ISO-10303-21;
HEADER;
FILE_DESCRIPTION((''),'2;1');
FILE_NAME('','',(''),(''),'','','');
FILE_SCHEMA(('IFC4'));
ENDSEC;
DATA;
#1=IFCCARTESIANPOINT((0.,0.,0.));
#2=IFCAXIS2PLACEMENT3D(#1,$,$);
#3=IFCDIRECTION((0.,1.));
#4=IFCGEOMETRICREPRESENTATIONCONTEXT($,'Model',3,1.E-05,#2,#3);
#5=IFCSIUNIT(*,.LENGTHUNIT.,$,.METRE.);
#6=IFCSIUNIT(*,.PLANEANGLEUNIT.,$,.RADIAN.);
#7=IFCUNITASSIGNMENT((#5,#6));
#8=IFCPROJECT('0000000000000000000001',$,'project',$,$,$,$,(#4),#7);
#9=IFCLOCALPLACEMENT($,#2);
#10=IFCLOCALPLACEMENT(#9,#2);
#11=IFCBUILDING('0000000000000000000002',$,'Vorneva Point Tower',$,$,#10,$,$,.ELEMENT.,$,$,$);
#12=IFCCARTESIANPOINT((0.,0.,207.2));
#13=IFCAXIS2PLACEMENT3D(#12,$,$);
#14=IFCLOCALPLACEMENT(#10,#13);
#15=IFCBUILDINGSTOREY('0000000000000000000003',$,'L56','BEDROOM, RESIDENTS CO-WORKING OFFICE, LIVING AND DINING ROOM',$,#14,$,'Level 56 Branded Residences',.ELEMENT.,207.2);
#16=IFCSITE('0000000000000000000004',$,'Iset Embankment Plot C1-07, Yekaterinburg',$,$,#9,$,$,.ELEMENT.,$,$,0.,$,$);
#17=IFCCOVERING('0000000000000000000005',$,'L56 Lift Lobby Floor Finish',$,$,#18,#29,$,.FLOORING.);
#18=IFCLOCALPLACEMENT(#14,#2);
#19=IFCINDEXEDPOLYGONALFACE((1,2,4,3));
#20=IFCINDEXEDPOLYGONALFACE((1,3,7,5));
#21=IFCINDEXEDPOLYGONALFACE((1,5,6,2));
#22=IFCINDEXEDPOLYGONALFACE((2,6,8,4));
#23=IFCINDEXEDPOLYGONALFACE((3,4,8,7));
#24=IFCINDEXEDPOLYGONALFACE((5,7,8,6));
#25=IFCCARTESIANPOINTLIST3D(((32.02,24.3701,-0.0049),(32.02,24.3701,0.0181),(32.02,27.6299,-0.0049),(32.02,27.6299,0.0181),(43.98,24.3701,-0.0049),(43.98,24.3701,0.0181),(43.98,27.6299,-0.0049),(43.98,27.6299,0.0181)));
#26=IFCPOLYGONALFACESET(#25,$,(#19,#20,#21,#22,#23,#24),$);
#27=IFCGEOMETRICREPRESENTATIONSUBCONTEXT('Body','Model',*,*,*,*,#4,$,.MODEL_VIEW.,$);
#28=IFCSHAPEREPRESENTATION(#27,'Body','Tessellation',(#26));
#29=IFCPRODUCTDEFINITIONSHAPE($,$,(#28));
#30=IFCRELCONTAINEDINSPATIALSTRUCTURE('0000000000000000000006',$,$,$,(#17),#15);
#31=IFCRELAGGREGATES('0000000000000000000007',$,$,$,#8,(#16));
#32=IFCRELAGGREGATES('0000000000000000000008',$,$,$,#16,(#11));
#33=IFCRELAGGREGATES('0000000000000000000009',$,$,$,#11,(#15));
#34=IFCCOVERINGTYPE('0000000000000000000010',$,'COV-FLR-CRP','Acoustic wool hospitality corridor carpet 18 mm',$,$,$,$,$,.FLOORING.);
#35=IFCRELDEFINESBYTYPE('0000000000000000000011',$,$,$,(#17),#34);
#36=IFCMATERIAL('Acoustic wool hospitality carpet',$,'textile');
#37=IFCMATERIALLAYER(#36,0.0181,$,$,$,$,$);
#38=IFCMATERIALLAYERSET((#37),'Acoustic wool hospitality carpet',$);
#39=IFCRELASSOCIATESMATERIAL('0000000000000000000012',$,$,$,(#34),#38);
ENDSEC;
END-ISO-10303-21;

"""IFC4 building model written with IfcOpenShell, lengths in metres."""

from ifc_helpers import new_model, si_unit, direction, frame, origin, place, context, subcontext, project, spatial, polyline, outline, extrude, material, layer, layer_set, type_object, element, save


model = new_model("IFC4")

# Units and contexts
model_context = context("Model", 3, precision=1e-05, world=origin(), true_north=direction((0.0, 1.0)))
body_context = subcontext(model_context, "Body", "Model", "MODEL_VIEW")
ifc_project = project(units=[si_unit("LENGTHUNIT", "METRE"), si_unit("PLANEANGLEUNIT", "RADIAN")], contexts=[model_context])

# Site, building, storey
site_placement = place(None, origin())
site = spatial("IfcSite", under=ifc_project, at=site_placement, Name="Iset Embankment Plot C1-07, Yekaterinburg", CompositionType="ELEMENT", RefElevation=0.0)
building_placement = place(site_placement, origin())
building = spatial("IfcBuilding", under=site, at=building_placement, Name="Vorneva Point Tower", CompositionType="ELEMENT")
storey_placement = place(building_placement, frame((0.0, 0.0, 207.2)))
storey = spatial("IfcBuildingStorey", under=building, at=storey_placement, Name="L56", Description="BEDROOM, RESIDENTS CO-WORKING OFFICE, LIVING AND DINING ROOM", LongName="Level 56 Branded Residences", CompositionType="ELEMENT", Elevation=207.2)

# Covering
ifc_material_1 = material(Name="Acoustic wool hospitality carpet", Category="textile")
ifc_layer_1 = layer(ifc_material_1, 0.0181)
ifc_layer_set_1 = layer_set([ifc_layer_1], Name="Acoustic wool hospitality carpet")
covering_type_1 = type_object("IfcCoveringType", Name="COV-FLR-CRP", Description="Acoustic wool hospitality corridor carpet 18 mm", PredefinedType="FLOORING", material=ifc_layer_set_1)
covering_1_placement = place(storey_placement, frame((0.0, 0.0, -0.0049)))
element("IfcCovering", 1, at=covering_1_placement, inside=storey, type_object=covering_type_1, Name="L56 Lift Lobby Floor Finish", PredefinedType="FLOORING", context=body_context, shape_type="SweptSolid", body=[
    extrude(outline(polyline([(32.02, 24.3701), (43.98, 24.3701), (43.98, 27.6299), (32.02, 27.6299), (32.02, 24.3701)])), origin(), (0.0, 0.0, 1.0), 0.0229),
])

save(model, "model.ifc")
